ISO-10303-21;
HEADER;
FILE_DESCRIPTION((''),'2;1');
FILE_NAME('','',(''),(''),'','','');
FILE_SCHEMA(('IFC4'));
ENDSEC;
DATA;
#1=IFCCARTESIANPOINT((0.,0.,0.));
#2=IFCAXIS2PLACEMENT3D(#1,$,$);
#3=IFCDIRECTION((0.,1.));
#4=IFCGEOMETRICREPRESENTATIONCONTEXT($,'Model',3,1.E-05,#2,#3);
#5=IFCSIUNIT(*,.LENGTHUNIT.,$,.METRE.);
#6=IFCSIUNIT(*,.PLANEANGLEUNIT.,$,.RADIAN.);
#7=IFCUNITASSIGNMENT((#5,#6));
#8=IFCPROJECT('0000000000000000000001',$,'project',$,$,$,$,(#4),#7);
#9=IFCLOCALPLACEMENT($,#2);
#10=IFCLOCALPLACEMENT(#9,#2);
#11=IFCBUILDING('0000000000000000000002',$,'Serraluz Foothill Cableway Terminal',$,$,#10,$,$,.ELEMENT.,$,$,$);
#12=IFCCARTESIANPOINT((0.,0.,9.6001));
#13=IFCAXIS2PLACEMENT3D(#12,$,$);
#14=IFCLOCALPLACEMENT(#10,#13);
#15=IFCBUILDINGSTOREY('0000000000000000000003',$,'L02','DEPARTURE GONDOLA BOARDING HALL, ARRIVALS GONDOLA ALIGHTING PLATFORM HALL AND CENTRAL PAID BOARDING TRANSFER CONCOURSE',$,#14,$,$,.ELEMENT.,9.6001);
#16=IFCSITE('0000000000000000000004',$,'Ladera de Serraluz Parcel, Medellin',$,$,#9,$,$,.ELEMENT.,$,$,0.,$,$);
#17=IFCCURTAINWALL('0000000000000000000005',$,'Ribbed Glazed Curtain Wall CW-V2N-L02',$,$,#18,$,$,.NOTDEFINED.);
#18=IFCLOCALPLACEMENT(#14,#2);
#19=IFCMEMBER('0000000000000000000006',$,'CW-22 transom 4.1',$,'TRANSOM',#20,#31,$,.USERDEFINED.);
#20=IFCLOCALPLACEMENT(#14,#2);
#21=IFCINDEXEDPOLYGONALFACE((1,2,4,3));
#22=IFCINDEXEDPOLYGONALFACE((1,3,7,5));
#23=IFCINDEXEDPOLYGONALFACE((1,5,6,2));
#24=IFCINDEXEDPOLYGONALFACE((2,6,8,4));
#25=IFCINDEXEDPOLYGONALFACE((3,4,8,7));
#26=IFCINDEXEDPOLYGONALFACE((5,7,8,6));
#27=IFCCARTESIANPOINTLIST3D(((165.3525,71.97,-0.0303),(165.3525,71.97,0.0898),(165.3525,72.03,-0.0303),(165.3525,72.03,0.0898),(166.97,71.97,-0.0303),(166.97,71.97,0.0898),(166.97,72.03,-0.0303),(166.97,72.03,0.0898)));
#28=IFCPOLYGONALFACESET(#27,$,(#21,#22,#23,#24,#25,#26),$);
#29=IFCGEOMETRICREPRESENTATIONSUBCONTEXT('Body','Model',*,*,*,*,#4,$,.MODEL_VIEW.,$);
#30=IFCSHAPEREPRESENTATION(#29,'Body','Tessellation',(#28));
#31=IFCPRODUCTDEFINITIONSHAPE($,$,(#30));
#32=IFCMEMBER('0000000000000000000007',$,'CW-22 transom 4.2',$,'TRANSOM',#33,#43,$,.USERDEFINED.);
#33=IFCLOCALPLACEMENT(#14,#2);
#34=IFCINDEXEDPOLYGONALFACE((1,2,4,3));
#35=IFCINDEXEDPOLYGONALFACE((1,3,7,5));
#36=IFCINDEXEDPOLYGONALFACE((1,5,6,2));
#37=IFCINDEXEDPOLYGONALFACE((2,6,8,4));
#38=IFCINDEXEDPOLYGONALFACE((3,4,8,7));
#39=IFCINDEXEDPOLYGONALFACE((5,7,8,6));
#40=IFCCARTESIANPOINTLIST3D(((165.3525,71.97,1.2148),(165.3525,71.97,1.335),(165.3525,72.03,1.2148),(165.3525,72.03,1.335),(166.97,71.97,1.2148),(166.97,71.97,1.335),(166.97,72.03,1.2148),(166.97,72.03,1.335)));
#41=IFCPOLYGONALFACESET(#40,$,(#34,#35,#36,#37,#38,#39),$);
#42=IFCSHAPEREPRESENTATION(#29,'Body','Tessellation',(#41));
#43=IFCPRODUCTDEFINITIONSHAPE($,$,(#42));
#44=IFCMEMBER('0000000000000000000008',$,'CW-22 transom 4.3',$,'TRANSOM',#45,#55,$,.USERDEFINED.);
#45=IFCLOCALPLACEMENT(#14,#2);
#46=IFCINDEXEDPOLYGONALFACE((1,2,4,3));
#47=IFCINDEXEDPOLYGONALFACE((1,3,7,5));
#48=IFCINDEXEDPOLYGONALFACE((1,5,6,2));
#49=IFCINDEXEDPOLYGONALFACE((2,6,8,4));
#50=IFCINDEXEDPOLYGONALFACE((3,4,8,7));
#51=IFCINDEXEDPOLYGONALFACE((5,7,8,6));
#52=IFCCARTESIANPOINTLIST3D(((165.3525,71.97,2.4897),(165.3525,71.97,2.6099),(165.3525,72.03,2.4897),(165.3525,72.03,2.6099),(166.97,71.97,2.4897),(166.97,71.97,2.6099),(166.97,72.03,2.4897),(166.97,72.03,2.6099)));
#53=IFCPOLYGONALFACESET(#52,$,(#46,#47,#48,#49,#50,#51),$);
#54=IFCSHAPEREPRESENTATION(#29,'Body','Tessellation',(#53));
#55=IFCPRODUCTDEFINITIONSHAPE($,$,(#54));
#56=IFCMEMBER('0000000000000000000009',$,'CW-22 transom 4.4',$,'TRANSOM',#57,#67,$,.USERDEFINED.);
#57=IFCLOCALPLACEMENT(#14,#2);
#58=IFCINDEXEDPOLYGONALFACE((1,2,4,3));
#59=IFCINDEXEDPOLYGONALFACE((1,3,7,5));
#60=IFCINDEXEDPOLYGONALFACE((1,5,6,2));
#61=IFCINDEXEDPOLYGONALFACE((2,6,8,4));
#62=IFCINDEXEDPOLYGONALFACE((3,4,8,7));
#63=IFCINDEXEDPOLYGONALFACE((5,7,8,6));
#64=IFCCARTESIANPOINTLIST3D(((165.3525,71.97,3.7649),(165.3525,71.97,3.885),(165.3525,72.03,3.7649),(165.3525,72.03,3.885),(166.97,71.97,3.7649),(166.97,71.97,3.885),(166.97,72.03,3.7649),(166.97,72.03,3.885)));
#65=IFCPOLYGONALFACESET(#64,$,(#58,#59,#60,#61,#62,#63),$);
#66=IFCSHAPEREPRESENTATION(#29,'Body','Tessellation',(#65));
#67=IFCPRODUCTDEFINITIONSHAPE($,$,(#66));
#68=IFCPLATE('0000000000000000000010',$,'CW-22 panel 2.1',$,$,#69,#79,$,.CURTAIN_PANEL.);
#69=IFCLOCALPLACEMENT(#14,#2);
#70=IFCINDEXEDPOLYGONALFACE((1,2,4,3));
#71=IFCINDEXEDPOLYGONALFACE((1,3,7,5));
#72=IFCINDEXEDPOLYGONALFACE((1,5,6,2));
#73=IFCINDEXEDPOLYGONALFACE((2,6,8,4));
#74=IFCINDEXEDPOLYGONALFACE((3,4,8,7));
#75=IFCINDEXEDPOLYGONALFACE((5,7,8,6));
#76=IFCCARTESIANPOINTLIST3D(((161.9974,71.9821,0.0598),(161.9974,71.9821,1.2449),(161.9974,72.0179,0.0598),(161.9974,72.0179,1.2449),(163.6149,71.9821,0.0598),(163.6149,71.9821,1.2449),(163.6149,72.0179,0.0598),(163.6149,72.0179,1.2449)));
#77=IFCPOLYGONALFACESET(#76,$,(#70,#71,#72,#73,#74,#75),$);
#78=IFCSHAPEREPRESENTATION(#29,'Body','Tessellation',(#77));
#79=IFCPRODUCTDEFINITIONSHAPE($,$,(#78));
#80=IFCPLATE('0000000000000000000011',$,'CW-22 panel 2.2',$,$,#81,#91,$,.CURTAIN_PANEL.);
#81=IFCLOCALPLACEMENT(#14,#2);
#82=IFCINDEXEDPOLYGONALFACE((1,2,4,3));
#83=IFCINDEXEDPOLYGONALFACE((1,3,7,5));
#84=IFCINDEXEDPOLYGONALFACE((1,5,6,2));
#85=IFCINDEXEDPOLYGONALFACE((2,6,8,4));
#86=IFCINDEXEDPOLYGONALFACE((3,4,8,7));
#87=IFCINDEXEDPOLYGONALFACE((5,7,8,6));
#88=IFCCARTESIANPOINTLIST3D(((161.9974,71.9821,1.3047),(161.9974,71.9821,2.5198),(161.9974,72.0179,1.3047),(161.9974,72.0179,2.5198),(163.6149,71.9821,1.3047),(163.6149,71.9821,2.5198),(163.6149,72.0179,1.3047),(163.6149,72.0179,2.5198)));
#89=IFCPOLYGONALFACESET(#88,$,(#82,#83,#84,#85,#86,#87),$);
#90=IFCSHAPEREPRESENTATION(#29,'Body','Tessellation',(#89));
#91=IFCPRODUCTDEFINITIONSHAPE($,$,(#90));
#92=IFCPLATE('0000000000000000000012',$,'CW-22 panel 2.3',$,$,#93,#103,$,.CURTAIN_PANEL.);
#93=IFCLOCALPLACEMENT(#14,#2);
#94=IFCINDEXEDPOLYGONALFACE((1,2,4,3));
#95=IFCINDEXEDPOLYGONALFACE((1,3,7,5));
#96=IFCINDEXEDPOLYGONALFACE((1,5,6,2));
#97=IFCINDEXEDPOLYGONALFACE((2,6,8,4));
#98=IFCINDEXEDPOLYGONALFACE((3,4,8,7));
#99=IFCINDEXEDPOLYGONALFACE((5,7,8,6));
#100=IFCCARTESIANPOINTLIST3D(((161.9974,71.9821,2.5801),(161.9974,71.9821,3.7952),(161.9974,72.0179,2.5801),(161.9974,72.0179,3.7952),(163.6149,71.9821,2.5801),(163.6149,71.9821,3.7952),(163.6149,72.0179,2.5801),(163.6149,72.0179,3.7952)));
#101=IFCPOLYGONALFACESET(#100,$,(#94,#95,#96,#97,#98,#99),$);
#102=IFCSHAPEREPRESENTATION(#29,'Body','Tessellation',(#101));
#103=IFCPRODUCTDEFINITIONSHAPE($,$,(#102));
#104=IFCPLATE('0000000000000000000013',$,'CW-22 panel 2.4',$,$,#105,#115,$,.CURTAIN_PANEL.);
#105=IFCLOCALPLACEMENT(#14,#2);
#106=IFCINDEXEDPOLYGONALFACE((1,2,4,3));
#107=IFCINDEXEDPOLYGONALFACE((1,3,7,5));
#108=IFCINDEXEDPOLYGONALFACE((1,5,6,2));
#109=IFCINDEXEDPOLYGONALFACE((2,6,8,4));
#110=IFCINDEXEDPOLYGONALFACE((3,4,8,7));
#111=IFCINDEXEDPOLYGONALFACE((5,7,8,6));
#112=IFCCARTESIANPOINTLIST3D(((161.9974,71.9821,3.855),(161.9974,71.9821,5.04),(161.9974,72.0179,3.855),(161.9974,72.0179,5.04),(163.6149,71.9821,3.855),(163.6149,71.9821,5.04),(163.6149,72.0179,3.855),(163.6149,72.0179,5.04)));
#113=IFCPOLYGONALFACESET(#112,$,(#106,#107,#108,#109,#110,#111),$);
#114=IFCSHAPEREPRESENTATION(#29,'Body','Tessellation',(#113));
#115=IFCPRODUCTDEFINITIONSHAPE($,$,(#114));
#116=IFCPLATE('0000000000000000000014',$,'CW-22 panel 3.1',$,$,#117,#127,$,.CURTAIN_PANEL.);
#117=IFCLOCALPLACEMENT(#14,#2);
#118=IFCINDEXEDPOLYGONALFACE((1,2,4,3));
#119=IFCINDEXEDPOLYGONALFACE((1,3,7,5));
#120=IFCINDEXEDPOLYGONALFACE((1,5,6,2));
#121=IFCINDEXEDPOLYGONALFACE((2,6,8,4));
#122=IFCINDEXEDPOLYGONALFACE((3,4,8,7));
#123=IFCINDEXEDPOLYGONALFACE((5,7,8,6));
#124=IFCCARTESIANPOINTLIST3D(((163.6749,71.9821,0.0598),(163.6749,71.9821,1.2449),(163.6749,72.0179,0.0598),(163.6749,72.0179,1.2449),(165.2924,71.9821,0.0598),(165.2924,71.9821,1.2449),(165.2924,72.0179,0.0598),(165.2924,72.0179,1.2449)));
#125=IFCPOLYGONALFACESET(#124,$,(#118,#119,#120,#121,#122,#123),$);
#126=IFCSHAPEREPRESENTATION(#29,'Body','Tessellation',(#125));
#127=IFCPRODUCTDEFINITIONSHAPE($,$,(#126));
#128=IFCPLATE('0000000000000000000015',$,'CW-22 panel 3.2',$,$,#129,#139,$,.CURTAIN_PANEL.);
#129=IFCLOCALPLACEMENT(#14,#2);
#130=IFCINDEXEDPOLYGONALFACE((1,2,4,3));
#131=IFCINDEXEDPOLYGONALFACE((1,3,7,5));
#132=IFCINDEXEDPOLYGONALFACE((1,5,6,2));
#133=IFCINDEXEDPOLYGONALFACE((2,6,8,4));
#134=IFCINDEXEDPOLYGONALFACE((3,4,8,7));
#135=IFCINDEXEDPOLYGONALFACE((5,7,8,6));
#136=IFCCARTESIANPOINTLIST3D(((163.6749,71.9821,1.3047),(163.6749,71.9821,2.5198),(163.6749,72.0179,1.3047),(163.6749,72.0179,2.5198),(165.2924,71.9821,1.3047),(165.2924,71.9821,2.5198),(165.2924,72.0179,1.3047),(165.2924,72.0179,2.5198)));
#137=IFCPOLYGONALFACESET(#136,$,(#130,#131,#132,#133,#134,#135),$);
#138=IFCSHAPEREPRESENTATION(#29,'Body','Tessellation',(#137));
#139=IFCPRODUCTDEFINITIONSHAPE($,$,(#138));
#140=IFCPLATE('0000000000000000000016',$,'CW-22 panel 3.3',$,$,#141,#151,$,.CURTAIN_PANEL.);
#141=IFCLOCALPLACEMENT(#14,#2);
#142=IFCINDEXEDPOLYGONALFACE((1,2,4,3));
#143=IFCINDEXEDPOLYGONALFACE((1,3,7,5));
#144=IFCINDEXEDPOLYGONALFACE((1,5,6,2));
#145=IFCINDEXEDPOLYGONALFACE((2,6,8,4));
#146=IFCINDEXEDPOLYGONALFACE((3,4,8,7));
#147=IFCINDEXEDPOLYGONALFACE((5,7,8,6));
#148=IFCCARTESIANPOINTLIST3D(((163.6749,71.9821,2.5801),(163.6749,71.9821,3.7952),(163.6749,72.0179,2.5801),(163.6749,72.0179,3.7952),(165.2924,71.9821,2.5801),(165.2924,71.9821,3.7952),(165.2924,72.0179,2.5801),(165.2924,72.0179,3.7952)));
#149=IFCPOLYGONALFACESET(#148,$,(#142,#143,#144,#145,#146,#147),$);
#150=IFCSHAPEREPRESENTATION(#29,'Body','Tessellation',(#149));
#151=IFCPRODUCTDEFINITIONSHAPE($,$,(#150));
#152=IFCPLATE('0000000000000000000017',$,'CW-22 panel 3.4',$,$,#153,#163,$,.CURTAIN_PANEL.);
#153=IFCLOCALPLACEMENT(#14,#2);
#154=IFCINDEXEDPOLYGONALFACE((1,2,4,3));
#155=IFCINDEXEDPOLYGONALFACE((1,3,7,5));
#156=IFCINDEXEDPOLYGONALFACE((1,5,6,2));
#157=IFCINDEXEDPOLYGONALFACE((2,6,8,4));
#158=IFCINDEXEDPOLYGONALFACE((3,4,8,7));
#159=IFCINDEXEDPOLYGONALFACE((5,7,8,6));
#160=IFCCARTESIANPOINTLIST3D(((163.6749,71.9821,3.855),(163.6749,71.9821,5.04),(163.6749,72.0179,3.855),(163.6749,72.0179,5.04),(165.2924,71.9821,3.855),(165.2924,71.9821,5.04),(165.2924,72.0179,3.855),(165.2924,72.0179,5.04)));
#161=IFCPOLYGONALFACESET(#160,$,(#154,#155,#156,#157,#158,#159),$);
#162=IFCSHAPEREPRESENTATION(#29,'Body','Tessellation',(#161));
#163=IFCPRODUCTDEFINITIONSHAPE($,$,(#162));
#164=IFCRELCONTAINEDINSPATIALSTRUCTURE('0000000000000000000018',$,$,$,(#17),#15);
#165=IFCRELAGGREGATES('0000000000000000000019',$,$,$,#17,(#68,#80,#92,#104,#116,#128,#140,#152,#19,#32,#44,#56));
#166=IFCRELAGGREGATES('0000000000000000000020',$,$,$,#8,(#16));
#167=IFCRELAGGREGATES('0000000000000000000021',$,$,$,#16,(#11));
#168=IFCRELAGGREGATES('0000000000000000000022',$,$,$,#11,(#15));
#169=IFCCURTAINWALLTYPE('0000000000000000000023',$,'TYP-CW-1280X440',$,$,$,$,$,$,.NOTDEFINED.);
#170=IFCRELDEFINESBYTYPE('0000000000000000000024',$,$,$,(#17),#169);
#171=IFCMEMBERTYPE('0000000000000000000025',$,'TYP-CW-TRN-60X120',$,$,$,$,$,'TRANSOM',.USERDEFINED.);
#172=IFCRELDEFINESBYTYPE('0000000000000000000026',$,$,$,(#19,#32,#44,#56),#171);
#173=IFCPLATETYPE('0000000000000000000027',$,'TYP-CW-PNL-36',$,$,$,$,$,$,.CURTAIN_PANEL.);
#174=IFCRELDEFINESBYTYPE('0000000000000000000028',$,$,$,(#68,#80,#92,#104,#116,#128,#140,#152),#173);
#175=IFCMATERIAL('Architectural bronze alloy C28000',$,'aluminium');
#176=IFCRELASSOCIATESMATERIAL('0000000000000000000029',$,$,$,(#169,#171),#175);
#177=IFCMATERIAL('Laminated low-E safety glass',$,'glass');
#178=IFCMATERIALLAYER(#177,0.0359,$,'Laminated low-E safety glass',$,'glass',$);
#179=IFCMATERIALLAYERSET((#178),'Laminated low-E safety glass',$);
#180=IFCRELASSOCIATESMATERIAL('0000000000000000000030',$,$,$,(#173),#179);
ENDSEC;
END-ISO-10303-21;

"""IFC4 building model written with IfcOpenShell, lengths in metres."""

from ifc_helpers import new_model, si_unit, direction, frame, origin, origin_2d, place, context, subcontext, project, spatial, rectangle, extrude, material, layer, layer_set, material_profile, profile_set, type_object, element, aggregate, save


model = new_model("IFC4")

# Units and contexts
model_context = context("Model", 3, precision=1e-05, world=origin(), true_north=direction((0.0, 1.0)))
body_context = subcontext(model_context, "Body", "Model", "MODEL_VIEW")
ifc_project = project(units=[si_unit("LENGTHUNIT", "METRE"), si_unit("PLANEANGLEUNIT", "RADIAN")], contexts=[model_context])

# Site, building, storey
site_placement = place(None, origin())
site = spatial("IfcSite", under=ifc_project, at=site_placement, Name="Ladera de Serraluz Parcel, Medellin", CompositionType="ELEMENT", RefElevation=0.0)
building_placement = place(site_placement, origin())
building = spatial("IfcBuilding", under=site, at=building_placement, Name="Serraluz Foothill Cableway Terminal", CompositionType="ELEMENT")
storey_placement = place(building_placement, frame((0.0, 0.0, 9.6001)))
storey = spatial("IfcBuildingStorey", under=building, at=storey_placement, Name="L02", Description="DEPARTURE GONDOLA BOARDING HALL, ARRIVALS GONDOLA ALIGHTING PLATFORM HALL AND CENTRAL PAID BOARDING TRANSFER CONCOURSE", CompositionType="ELEMENT", Elevation=9.6001)

# Curtain wall, members, plates
ifc_material_1 = material(Name="Architectural bronze alloy C28000", Category="aluminium")
curtain_wall_type = type_object("IfcCurtainWallType", Name="TYP-CW-1280X440", PredefinedType="NOTDEFINED", material=ifc_material_1)
curtain_wall_placement = place(storey_placement, origin())
curtain_wall = element("IfcCurtainWall", 1, at=curtain_wall_placement, inside=storey, type_object=curtain_wall_type, Name="Ribbed Glazed Curtain Wall CW-V2N-L02", PredefinedType="NOTDEFINED")
ifc_material_profile_1 = material_profile(ifc_material_1, rectangle(XDim=0.0601, YDim=0.1201, at=origin_2d()), Name="ALU TRANSOM 60x120")
ifc_profile_set_1 = profile_set([ifc_material_profile_1], Name="Architectural bronze alloy C28000")
member_type_1 = type_object("IfcMemberType", Name="TYP-CW-TRN-60X120", ElementType="TRANSOM", PredefinedType="USERDEFINED", material=ifc_profile_set_1)
member_1_placement = place(storey_placement, frame((165.3525, 72.0, 0.0298), z_axis=(1.0, 0.0, 0.0), x_axis=(0.0, 1.0, 0.0)))
member_1 = element("IfcMember", 2, at=member_1_placement, type_object=member_type_1, Name="CW-22 transom 4.1", ObjectType="TRANSOM", PredefinedType="USERDEFINED", context=body_context, shape_type="SweptSolid", body=[
    extrude(rectangle(XDim=0.0601, YDim=0.1201, at=origin_2d()), origin(), (0.0, 0.0, 1.0), 1.6174),
])
member_2_placement = place(storey_placement, frame((165.3525, 72.0, 1.2749), z_axis=(1.0, 0.0, 0.0), x_axis=(0.0, 1.0, 0.0)))
member_2 = element("IfcMember", 3, at=member_2_placement, type_object=member_type_1, Name="CW-22 transom 4.2", ObjectType="TRANSOM", PredefinedType="USERDEFINED", context=body_context, shape_type="SweptSolid", body=[
    extrude(rectangle(XDim=0.0601, YDim=0.1201, at=origin_2d()), origin(), (0.0, 0.0, 1.0), 1.6174),
])
member_3_placement = place(storey_placement, frame((165.3525, 72.0, 2.5498), z_axis=(1.0, 0.0, 0.0), x_axis=(0.0, 1.0, 0.0)))
member_3 = element("IfcMember", 4, at=member_3_placement, type_object=member_type_1, Name="CW-22 transom 4.3", ObjectType="TRANSOM", PredefinedType="USERDEFINED", context=body_context, shape_type="SweptSolid", body=[
    extrude(rectangle(XDim=0.0601, YDim=0.1201, at=origin_2d()), origin(), (0.0, 0.0, 1.0), 1.6174),
])
member_4_placement = place(storey_placement, frame((165.3525, 72.0, 3.825), z_axis=(1.0, 0.0, 0.0), x_axis=(0.0, 1.0, 0.0)))
member_4 = element("IfcMember", 5, at=member_4_placement, type_object=member_type_1, Name="CW-22 transom 4.4", ObjectType="TRANSOM", PredefinedType="USERDEFINED", context=body_context, shape_type="SweptSolid", body=[
    extrude(rectangle(XDim=0.0601, YDim=0.1201, at=origin_2d()), origin(), (0.0, 0.0, 1.0), 1.6174),
])
ifc_material_2 = material(Name="Laminated low-E safety glass", Category="glass")
ifc_layer = layer(ifc_material_2, 0.0359, Name="Laminated low-E safety glass", Category="glass")
ifc_layer_set = layer_set([ifc_layer], Name="Laminated low-E safety glass")
plate_type = type_object("IfcPlateType", Name="TYP-CW-PNL-36", PredefinedType="CURTAIN_PANEL", material=ifc_layer_set)
plate_1_placement = place(storey_placement, frame((162.8062, 72.0, 0.0598), z_axis=(0.0, 0.0, 1.0), x_axis=(1.0, 0.0, 0.0)))
plate_1 = element("IfcPlate", 6, at=plate_1_placement, type_object=plate_type, Name="CW-22 panel 2.1", PredefinedType="CURTAIN_PANEL", context=body_context, shape_type="SweptSolid", body=[
    extrude(rectangle(XDim=1.6174, YDim=0.0359, at=origin_2d()), origin(), (0.0, 0.0, 1.0), 1.1851),
])
plate_2_placement = place(storey_placement, frame((162.8062, 72.0, 1.3047), z_axis=(0.0, 0.0, 1.0), x_axis=(1.0, 0.0, 0.0)))
plate_2 = element("IfcPlate", 7, at=plate_2_placement, type_object=plate_type, Name="CW-22 panel 2.2", PredefinedType="CURTAIN_PANEL", context=body_context, shape_type="SweptSolid", body=[
    extrude(rectangle(XDim=1.6174, YDim=0.0359, at=origin_2d()), origin(), (0.0, 0.0, 1.0), 1.2151),
])
plate_3_placement = place(storey_placement, frame((162.8062, 72.0, 2.5801), z_axis=(0.0, 0.0, 1.0), x_axis=(1.0, 0.0, 0.0)))
plate_3 = element("IfcPlate", 8, at=plate_3_placement, type_object=plate_type, Name="CW-22 panel 2.3", PredefinedType="CURTAIN_PANEL", context=body_context, shape_type="SweptSolid", body=[
    extrude(rectangle(XDim=1.6174, YDim=0.0359, at=origin_2d()), origin(), (0.0, 0.0, 1.0), 1.2151),
])
plate_4_placement = place(storey_placement, frame((162.8062, 72.0, 3.855), z_axis=(0.0, 0.0, 1.0), x_axis=(1.0, 0.0, 0.0)))
plate_4 = element("IfcPlate", 9, at=plate_4_placement, type_object=plate_type, Name="CW-22 panel 2.4", PredefinedType="CURTAIN_PANEL", context=body_context, shape_type="SweptSolid", body=[
    extrude(rectangle(XDim=1.6174, YDim=0.0359, at=origin_2d()), origin(), (0.0, 0.0, 1.0), 1.1851),
])
plate_5_placement = place(storey_placement, frame((164.4836, 72.0, 0.0598), z_axis=(0.0, 0.0, 1.0), x_axis=(1.0, 0.0, 0.0)))
plate_5 = element("IfcPlate", 10, at=plate_5_placement, type_object=plate_type, Name="CW-22 panel 3.1", PredefinedType="CURTAIN_PANEL", context=body_context, shape_type="SweptSolid", body=[
    extrude(rectangle(XDim=1.6174, YDim=0.0359, at=origin_2d()), origin(), (0.0, 0.0, 1.0), 1.1851),
])
plate_6_placement = place(storey_placement, frame((164.4836, 72.0, 1.3047), z_axis=(0.0, 0.0, 1.0), x_axis=(1.0, 0.0, 0.0)))
plate_6 = element("IfcPlate", 11, at=plate_6_placement, type_object=plate_type, Name="CW-22 panel 3.2", PredefinedType="CURTAIN_PANEL", context=body_context, shape_type="SweptSolid", body=[
    extrude(rectangle(XDim=1.6174, YDim=0.0359, at=origin_2d()), origin(), (0.0, 0.0, 1.0), 1.2151),
])
plate_7_placement = place(storey_placement, frame((164.4836, 72.0, 2.5801), z_axis=(0.0, 0.0, 1.0), x_axis=(1.0, 0.0, 0.0)))
plate_7 = element("IfcPlate", 12, at=plate_7_placement, type_object=plate_type, Name="CW-22 panel 3.3", PredefinedType="CURTAIN_PANEL", context=body_context, shape_type="SweptSolid", body=[
    extrude(rectangle(XDim=1.6174, YDim=0.0359, at=origin_2d()), origin(), (0.0, 0.0, 1.0), 1.2151),
])
plate_8_placement = place(storey_placement, frame((164.4836, 72.0, 3.855), z_axis=(0.0, 0.0, 1.0), x_axis=(1.0, 0.0, 0.0)))
plate_8 = element("IfcPlate", 13, at=plate_8_placement, type_object=plate_type, Name="CW-22 panel 3.4", PredefinedType="CURTAIN_PANEL", context=body_context, shape_type="SweptSolid", body=[
    extrude(rectangle(XDim=1.6174, YDim=0.0359, at=origin_2d()), origin(), (0.0, 0.0, 1.0), 1.1851),
])
aggregate(curtain_wall, [plate_1, plate_2, plate_3, plate_4, plate_5, plate_6, plate_7, plate_8, member_1, member_2, member_3, member_4])

save(model, "model.ifc")
